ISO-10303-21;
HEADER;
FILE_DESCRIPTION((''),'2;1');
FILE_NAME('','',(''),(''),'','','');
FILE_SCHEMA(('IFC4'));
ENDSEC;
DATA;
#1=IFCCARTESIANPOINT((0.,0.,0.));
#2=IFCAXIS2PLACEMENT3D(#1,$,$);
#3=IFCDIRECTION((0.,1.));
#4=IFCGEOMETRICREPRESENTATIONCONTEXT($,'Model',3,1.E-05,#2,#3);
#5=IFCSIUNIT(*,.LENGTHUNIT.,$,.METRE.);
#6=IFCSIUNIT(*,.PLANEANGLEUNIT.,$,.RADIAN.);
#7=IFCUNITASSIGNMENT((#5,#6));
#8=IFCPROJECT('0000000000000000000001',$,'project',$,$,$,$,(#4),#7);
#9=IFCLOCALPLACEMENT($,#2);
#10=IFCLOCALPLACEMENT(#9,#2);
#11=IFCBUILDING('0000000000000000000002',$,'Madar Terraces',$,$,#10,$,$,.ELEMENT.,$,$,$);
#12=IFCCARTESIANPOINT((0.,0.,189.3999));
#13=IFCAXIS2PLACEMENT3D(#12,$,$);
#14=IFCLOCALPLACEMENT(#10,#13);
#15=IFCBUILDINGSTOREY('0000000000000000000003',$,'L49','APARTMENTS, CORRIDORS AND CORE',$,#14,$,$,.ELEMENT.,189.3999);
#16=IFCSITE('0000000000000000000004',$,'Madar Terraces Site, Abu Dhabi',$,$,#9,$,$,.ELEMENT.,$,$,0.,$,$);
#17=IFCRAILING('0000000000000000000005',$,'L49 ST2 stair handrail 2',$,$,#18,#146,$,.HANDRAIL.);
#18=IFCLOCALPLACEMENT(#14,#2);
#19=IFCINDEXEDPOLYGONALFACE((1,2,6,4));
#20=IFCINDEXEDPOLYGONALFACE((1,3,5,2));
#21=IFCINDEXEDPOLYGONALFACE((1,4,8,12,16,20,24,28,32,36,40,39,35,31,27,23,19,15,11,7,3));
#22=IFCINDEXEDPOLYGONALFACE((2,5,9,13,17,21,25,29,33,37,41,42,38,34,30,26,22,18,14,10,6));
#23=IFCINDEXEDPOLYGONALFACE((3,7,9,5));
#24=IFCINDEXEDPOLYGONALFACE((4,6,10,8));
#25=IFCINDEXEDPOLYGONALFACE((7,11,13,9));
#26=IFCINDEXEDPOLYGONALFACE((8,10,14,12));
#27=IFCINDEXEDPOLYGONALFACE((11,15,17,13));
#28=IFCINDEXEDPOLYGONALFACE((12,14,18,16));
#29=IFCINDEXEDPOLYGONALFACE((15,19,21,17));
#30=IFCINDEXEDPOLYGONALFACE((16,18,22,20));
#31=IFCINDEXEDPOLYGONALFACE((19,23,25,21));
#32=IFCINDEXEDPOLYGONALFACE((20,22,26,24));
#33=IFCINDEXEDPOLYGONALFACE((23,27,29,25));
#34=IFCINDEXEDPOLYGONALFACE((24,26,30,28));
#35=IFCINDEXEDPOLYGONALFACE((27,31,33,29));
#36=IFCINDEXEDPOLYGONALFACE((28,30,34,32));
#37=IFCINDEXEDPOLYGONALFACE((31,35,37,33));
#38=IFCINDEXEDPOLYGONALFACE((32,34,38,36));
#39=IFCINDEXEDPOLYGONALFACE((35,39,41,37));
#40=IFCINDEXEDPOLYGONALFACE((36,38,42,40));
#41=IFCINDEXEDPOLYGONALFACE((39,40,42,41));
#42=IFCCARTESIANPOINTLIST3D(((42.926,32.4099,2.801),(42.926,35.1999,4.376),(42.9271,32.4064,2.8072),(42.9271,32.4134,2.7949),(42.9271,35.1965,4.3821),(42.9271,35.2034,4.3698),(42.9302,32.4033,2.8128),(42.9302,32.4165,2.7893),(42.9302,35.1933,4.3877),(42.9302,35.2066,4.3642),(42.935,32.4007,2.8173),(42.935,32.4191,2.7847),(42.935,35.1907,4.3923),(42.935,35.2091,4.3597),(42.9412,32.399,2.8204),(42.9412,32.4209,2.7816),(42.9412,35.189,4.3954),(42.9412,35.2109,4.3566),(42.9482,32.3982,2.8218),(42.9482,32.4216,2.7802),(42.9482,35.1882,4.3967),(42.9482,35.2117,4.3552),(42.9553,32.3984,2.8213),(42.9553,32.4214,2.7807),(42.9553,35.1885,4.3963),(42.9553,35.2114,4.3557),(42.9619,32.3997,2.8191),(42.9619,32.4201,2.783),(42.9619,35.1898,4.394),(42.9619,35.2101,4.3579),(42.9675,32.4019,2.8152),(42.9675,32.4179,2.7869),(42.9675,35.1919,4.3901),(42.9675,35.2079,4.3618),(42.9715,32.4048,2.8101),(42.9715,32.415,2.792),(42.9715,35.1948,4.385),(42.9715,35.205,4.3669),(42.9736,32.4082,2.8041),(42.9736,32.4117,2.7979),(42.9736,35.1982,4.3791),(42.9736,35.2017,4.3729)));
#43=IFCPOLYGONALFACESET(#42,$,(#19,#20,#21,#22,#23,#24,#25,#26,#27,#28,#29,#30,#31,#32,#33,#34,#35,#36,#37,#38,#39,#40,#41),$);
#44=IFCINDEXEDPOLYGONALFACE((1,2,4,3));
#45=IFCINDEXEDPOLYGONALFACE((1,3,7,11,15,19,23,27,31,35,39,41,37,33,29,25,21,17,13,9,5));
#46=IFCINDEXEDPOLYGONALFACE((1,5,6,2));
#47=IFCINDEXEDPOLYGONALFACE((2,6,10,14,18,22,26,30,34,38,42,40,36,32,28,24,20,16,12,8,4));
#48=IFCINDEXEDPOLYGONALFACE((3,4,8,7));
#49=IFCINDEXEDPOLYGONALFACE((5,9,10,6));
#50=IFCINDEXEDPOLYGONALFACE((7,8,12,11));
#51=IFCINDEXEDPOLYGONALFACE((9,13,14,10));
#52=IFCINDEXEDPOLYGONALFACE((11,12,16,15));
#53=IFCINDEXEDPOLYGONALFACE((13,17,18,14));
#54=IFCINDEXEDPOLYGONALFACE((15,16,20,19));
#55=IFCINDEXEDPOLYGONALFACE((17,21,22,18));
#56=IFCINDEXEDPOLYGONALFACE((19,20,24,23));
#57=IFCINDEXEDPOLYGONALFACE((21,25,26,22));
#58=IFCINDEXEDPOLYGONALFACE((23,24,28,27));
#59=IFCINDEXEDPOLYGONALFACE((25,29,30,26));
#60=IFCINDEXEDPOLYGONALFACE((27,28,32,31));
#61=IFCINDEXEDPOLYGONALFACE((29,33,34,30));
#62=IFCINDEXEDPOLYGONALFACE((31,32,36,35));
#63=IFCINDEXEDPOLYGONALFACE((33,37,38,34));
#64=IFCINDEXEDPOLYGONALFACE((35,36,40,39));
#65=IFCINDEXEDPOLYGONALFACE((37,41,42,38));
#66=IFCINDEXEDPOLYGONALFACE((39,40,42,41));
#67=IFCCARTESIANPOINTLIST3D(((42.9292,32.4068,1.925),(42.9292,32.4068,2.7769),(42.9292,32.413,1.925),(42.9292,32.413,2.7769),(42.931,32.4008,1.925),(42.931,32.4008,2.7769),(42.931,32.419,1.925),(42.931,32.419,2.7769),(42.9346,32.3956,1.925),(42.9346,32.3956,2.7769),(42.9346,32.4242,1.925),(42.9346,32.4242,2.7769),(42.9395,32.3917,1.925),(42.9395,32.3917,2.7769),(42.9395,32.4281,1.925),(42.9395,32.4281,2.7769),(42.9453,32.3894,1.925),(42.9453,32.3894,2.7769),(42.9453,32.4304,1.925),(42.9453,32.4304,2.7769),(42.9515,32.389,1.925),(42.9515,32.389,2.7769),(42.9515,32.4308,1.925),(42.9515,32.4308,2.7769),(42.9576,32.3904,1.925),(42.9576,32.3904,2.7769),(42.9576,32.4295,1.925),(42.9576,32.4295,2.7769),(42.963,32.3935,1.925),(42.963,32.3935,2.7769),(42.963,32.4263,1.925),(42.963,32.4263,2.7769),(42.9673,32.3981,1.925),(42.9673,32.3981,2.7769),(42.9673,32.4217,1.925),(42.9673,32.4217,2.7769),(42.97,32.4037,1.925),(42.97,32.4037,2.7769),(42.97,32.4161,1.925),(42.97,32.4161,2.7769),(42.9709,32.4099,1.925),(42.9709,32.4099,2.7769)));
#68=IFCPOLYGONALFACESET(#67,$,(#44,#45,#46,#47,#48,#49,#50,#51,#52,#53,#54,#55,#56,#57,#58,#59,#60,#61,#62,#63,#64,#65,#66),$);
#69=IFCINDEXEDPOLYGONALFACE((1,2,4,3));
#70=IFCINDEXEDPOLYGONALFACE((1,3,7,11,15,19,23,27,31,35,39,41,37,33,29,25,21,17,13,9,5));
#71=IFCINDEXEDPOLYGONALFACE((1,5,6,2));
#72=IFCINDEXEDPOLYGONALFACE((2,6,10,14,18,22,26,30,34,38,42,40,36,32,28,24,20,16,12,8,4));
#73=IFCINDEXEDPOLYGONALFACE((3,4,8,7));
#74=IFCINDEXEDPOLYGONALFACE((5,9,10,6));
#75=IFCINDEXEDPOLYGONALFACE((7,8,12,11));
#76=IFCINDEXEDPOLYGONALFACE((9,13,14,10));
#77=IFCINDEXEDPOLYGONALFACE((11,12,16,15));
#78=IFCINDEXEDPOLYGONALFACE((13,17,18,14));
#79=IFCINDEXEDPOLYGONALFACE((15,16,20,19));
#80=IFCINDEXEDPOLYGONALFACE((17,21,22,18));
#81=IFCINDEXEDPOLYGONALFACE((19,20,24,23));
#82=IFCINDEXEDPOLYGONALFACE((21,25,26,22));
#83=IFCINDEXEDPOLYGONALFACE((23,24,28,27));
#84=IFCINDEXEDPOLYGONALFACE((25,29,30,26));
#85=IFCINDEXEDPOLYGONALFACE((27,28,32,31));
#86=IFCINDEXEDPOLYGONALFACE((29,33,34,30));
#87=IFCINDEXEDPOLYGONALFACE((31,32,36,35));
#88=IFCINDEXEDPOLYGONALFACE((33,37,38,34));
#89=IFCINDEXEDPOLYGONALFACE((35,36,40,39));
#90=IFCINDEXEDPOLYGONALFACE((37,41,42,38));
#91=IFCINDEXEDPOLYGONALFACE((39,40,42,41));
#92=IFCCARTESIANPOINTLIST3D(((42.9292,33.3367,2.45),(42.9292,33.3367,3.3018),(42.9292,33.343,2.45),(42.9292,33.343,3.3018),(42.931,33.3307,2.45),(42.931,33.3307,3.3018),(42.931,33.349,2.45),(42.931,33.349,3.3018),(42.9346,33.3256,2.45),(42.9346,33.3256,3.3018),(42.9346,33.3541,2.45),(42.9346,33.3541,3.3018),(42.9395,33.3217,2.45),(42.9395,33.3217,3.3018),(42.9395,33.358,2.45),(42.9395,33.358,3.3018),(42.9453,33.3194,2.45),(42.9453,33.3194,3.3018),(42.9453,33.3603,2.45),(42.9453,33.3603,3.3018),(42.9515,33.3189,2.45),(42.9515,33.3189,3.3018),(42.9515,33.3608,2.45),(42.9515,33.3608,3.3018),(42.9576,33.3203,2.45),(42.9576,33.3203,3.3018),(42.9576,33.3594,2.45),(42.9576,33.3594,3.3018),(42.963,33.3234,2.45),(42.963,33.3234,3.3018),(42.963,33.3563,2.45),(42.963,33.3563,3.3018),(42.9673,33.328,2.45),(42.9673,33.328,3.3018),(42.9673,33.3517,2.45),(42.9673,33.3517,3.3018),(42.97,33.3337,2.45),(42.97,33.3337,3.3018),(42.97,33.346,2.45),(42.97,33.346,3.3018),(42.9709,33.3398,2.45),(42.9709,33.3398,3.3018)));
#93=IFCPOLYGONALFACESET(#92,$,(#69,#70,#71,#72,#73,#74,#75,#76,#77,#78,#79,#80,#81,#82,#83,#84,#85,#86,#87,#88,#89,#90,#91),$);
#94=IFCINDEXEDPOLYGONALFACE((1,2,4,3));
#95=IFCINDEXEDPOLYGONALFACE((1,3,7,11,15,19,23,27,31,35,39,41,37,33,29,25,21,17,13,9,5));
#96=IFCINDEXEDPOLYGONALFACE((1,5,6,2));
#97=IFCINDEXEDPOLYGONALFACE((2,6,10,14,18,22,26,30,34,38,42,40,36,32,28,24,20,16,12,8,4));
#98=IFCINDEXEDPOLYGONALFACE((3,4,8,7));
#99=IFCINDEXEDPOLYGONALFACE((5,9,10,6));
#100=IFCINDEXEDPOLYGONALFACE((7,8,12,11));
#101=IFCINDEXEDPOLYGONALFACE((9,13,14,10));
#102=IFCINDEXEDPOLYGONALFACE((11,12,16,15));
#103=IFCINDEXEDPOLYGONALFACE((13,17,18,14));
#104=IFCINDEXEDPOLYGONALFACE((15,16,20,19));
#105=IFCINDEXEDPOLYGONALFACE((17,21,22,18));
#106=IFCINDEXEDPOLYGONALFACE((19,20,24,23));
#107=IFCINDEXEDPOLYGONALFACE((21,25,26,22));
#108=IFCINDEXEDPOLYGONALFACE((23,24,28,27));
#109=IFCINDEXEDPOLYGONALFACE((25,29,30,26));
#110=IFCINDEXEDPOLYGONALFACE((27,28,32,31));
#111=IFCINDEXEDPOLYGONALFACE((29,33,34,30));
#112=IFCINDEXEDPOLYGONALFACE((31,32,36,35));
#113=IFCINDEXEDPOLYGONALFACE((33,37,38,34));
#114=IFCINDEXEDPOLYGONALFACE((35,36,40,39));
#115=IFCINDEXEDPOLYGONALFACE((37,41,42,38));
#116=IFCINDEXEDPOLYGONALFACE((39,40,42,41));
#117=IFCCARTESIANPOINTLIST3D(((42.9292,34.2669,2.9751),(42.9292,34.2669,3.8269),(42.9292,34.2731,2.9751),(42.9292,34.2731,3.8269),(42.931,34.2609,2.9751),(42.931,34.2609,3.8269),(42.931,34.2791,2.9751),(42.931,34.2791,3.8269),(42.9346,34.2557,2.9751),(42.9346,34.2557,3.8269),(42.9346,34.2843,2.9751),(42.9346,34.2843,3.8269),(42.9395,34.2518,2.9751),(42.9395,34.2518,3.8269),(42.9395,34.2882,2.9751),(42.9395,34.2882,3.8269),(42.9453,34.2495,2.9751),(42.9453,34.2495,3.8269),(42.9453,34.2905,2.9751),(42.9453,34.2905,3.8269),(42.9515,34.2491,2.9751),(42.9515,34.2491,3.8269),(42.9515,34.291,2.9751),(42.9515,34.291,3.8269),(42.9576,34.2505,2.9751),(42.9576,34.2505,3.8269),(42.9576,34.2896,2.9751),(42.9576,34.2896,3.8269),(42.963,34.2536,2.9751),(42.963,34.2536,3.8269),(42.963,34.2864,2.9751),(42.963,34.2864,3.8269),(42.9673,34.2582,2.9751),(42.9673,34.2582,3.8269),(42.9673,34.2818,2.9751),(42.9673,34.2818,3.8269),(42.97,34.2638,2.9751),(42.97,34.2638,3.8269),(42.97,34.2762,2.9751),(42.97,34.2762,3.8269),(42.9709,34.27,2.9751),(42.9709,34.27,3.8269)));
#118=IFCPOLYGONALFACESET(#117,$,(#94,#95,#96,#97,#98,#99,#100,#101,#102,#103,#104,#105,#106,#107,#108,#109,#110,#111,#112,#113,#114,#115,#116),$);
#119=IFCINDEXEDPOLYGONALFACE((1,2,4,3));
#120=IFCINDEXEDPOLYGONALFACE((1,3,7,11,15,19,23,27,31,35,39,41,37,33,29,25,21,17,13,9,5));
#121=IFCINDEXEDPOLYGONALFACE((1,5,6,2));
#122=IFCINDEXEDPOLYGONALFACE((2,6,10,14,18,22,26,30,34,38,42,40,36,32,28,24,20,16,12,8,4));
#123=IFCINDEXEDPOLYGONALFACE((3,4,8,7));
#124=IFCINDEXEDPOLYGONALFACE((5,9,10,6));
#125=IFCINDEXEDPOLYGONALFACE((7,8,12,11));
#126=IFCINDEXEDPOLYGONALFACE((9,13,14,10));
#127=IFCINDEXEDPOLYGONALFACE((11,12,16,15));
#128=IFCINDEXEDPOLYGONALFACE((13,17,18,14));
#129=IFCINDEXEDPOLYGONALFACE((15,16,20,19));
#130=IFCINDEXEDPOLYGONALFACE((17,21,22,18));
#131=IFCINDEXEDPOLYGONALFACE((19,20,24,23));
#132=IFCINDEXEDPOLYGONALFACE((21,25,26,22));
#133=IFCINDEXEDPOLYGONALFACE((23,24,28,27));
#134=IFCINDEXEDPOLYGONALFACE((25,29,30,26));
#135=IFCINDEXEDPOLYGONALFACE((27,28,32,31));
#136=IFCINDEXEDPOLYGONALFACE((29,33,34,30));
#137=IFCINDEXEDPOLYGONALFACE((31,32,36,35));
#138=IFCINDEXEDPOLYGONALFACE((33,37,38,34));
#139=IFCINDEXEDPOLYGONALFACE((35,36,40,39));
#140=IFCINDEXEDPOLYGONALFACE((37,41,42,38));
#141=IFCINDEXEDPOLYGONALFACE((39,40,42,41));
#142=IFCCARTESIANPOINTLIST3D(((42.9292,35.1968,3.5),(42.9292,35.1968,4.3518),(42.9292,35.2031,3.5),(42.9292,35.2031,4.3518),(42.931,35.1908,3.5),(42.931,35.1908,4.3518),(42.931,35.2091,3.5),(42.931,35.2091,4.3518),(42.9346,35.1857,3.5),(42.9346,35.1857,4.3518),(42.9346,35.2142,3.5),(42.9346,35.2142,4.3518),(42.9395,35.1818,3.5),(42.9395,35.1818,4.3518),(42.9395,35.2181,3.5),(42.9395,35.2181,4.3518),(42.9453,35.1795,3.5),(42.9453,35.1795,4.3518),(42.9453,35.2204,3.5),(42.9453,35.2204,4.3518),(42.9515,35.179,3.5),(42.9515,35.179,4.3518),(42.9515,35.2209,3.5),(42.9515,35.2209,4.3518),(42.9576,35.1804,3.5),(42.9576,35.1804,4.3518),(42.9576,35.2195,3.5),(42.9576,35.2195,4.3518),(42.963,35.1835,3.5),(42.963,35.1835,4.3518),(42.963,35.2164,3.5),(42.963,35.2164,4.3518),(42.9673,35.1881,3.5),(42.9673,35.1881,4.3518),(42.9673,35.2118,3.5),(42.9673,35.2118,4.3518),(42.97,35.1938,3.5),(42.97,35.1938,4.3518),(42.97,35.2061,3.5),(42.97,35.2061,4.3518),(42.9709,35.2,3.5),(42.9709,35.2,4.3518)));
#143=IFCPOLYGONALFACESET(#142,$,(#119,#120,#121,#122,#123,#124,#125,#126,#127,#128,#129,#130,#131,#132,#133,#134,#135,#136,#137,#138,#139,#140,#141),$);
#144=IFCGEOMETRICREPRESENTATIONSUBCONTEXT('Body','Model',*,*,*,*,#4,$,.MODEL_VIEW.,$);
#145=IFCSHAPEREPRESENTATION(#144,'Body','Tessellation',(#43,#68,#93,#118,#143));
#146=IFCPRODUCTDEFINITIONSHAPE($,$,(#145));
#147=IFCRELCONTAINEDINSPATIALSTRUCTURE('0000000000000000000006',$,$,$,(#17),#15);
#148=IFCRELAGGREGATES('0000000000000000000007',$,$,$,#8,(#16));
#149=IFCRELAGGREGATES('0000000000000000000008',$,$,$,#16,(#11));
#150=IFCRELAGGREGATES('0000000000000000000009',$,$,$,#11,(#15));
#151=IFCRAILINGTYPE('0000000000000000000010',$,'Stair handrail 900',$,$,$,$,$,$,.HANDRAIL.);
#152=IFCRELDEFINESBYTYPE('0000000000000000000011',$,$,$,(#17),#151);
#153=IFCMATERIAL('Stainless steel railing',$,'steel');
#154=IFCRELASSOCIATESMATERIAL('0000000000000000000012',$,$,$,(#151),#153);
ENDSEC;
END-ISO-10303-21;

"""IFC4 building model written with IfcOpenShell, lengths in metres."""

from ifc_helpers import new_model, si_unit, direction, frame, origin, origin_2d, place, context, subcontext, project, spatial, circle, extrude, material, type_object, element, save


model = new_model("IFC4")

# Units and contexts
model_context = context("Model", 3, precision=1e-05, world=origin(), true_north=direction((0.0, 1.0)))
body_context = subcontext(model_context, "Body", "Model", "MODEL_VIEW")
ifc_project = project(units=[si_unit("LENGTHUNIT", "METRE"), si_unit("PLANEANGLEUNIT", "RADIAN")], contexts=[model_context])

# Site, building, storey
site_placement = place(None, origin())
site = spatial("IfcSite", under=ifc_project, at=site_placement, Name="Madar Terraces Site, Abu Dhabi", CompositionType="ELEMENT", RefElevation=0.0)
building_placement = place(site_placement, origin())
building = spatial("IfcBuilding", under=site, at=building_placement, Name="Madar Terraces", CompositionType="ELEMENT")
storey_placement = place(building_placement, frame((0.0, 0.0, 189.3999)))
storey = spatial("IfcBuildingStorey", under=building, at=storey_placement, Name="L49", Description="APARTMENTS, CORRIDORS AND CORE", CompositionType="ELEMENT", Elevation=189.3999)

# Railing
ifc_material_1 = material(Name="Stainless steel railing", Category="steel")
railing_type_1 = type_object("IfcRailingType", Name="Stair handrail 900", PredefinedType="HANDRAIL", material=ifc_material_1)
railing_1_placement = place(storey_placement, frame((42.95, 32.4099, 1.925)))
element("IfcRailing", 1, at=railing_1_placement, inside=storey, type_object=railing_type_1, Name="L49 ST2 stair handrail 2", PredefinedType="HANDRAIL", context=body_context, shape_type="SweptSolid", body=[
    extrude(circle(Radius=0.0239, at=origin_2d()), frame((0.0, 0.0, 0.876), z_axis=(0.0, 0.870834, 0.491578), x_axis=(-1.0, 0.0, 0.0)), (0.0, 0.0, 1.0), 3.2039),
    extrude(circle(Radius=0.021, at=origin_2d()), origin(), (0.0, 0.0, 1.0), 0.8518),
    extrude(circle(Radius=0.021, at=origin_2d()), frame((0.0, 0.9299, 0.5249)), (0.0, 0.0, 1.0), 0.8518),
    extrude(circle(Radius=0.021, at=origin_2d()), frame((0.0, 1.8601, 1.05)), (0.0, 0.0, 1.0), 0.8518),
    extrude(circle(Radius=0.021, at=origin_2d()), frame((0.0, 2.79, 1.575)), (0.0, 0.0, 1.0), 0.8518),
])

save(model, "model.ifc")
